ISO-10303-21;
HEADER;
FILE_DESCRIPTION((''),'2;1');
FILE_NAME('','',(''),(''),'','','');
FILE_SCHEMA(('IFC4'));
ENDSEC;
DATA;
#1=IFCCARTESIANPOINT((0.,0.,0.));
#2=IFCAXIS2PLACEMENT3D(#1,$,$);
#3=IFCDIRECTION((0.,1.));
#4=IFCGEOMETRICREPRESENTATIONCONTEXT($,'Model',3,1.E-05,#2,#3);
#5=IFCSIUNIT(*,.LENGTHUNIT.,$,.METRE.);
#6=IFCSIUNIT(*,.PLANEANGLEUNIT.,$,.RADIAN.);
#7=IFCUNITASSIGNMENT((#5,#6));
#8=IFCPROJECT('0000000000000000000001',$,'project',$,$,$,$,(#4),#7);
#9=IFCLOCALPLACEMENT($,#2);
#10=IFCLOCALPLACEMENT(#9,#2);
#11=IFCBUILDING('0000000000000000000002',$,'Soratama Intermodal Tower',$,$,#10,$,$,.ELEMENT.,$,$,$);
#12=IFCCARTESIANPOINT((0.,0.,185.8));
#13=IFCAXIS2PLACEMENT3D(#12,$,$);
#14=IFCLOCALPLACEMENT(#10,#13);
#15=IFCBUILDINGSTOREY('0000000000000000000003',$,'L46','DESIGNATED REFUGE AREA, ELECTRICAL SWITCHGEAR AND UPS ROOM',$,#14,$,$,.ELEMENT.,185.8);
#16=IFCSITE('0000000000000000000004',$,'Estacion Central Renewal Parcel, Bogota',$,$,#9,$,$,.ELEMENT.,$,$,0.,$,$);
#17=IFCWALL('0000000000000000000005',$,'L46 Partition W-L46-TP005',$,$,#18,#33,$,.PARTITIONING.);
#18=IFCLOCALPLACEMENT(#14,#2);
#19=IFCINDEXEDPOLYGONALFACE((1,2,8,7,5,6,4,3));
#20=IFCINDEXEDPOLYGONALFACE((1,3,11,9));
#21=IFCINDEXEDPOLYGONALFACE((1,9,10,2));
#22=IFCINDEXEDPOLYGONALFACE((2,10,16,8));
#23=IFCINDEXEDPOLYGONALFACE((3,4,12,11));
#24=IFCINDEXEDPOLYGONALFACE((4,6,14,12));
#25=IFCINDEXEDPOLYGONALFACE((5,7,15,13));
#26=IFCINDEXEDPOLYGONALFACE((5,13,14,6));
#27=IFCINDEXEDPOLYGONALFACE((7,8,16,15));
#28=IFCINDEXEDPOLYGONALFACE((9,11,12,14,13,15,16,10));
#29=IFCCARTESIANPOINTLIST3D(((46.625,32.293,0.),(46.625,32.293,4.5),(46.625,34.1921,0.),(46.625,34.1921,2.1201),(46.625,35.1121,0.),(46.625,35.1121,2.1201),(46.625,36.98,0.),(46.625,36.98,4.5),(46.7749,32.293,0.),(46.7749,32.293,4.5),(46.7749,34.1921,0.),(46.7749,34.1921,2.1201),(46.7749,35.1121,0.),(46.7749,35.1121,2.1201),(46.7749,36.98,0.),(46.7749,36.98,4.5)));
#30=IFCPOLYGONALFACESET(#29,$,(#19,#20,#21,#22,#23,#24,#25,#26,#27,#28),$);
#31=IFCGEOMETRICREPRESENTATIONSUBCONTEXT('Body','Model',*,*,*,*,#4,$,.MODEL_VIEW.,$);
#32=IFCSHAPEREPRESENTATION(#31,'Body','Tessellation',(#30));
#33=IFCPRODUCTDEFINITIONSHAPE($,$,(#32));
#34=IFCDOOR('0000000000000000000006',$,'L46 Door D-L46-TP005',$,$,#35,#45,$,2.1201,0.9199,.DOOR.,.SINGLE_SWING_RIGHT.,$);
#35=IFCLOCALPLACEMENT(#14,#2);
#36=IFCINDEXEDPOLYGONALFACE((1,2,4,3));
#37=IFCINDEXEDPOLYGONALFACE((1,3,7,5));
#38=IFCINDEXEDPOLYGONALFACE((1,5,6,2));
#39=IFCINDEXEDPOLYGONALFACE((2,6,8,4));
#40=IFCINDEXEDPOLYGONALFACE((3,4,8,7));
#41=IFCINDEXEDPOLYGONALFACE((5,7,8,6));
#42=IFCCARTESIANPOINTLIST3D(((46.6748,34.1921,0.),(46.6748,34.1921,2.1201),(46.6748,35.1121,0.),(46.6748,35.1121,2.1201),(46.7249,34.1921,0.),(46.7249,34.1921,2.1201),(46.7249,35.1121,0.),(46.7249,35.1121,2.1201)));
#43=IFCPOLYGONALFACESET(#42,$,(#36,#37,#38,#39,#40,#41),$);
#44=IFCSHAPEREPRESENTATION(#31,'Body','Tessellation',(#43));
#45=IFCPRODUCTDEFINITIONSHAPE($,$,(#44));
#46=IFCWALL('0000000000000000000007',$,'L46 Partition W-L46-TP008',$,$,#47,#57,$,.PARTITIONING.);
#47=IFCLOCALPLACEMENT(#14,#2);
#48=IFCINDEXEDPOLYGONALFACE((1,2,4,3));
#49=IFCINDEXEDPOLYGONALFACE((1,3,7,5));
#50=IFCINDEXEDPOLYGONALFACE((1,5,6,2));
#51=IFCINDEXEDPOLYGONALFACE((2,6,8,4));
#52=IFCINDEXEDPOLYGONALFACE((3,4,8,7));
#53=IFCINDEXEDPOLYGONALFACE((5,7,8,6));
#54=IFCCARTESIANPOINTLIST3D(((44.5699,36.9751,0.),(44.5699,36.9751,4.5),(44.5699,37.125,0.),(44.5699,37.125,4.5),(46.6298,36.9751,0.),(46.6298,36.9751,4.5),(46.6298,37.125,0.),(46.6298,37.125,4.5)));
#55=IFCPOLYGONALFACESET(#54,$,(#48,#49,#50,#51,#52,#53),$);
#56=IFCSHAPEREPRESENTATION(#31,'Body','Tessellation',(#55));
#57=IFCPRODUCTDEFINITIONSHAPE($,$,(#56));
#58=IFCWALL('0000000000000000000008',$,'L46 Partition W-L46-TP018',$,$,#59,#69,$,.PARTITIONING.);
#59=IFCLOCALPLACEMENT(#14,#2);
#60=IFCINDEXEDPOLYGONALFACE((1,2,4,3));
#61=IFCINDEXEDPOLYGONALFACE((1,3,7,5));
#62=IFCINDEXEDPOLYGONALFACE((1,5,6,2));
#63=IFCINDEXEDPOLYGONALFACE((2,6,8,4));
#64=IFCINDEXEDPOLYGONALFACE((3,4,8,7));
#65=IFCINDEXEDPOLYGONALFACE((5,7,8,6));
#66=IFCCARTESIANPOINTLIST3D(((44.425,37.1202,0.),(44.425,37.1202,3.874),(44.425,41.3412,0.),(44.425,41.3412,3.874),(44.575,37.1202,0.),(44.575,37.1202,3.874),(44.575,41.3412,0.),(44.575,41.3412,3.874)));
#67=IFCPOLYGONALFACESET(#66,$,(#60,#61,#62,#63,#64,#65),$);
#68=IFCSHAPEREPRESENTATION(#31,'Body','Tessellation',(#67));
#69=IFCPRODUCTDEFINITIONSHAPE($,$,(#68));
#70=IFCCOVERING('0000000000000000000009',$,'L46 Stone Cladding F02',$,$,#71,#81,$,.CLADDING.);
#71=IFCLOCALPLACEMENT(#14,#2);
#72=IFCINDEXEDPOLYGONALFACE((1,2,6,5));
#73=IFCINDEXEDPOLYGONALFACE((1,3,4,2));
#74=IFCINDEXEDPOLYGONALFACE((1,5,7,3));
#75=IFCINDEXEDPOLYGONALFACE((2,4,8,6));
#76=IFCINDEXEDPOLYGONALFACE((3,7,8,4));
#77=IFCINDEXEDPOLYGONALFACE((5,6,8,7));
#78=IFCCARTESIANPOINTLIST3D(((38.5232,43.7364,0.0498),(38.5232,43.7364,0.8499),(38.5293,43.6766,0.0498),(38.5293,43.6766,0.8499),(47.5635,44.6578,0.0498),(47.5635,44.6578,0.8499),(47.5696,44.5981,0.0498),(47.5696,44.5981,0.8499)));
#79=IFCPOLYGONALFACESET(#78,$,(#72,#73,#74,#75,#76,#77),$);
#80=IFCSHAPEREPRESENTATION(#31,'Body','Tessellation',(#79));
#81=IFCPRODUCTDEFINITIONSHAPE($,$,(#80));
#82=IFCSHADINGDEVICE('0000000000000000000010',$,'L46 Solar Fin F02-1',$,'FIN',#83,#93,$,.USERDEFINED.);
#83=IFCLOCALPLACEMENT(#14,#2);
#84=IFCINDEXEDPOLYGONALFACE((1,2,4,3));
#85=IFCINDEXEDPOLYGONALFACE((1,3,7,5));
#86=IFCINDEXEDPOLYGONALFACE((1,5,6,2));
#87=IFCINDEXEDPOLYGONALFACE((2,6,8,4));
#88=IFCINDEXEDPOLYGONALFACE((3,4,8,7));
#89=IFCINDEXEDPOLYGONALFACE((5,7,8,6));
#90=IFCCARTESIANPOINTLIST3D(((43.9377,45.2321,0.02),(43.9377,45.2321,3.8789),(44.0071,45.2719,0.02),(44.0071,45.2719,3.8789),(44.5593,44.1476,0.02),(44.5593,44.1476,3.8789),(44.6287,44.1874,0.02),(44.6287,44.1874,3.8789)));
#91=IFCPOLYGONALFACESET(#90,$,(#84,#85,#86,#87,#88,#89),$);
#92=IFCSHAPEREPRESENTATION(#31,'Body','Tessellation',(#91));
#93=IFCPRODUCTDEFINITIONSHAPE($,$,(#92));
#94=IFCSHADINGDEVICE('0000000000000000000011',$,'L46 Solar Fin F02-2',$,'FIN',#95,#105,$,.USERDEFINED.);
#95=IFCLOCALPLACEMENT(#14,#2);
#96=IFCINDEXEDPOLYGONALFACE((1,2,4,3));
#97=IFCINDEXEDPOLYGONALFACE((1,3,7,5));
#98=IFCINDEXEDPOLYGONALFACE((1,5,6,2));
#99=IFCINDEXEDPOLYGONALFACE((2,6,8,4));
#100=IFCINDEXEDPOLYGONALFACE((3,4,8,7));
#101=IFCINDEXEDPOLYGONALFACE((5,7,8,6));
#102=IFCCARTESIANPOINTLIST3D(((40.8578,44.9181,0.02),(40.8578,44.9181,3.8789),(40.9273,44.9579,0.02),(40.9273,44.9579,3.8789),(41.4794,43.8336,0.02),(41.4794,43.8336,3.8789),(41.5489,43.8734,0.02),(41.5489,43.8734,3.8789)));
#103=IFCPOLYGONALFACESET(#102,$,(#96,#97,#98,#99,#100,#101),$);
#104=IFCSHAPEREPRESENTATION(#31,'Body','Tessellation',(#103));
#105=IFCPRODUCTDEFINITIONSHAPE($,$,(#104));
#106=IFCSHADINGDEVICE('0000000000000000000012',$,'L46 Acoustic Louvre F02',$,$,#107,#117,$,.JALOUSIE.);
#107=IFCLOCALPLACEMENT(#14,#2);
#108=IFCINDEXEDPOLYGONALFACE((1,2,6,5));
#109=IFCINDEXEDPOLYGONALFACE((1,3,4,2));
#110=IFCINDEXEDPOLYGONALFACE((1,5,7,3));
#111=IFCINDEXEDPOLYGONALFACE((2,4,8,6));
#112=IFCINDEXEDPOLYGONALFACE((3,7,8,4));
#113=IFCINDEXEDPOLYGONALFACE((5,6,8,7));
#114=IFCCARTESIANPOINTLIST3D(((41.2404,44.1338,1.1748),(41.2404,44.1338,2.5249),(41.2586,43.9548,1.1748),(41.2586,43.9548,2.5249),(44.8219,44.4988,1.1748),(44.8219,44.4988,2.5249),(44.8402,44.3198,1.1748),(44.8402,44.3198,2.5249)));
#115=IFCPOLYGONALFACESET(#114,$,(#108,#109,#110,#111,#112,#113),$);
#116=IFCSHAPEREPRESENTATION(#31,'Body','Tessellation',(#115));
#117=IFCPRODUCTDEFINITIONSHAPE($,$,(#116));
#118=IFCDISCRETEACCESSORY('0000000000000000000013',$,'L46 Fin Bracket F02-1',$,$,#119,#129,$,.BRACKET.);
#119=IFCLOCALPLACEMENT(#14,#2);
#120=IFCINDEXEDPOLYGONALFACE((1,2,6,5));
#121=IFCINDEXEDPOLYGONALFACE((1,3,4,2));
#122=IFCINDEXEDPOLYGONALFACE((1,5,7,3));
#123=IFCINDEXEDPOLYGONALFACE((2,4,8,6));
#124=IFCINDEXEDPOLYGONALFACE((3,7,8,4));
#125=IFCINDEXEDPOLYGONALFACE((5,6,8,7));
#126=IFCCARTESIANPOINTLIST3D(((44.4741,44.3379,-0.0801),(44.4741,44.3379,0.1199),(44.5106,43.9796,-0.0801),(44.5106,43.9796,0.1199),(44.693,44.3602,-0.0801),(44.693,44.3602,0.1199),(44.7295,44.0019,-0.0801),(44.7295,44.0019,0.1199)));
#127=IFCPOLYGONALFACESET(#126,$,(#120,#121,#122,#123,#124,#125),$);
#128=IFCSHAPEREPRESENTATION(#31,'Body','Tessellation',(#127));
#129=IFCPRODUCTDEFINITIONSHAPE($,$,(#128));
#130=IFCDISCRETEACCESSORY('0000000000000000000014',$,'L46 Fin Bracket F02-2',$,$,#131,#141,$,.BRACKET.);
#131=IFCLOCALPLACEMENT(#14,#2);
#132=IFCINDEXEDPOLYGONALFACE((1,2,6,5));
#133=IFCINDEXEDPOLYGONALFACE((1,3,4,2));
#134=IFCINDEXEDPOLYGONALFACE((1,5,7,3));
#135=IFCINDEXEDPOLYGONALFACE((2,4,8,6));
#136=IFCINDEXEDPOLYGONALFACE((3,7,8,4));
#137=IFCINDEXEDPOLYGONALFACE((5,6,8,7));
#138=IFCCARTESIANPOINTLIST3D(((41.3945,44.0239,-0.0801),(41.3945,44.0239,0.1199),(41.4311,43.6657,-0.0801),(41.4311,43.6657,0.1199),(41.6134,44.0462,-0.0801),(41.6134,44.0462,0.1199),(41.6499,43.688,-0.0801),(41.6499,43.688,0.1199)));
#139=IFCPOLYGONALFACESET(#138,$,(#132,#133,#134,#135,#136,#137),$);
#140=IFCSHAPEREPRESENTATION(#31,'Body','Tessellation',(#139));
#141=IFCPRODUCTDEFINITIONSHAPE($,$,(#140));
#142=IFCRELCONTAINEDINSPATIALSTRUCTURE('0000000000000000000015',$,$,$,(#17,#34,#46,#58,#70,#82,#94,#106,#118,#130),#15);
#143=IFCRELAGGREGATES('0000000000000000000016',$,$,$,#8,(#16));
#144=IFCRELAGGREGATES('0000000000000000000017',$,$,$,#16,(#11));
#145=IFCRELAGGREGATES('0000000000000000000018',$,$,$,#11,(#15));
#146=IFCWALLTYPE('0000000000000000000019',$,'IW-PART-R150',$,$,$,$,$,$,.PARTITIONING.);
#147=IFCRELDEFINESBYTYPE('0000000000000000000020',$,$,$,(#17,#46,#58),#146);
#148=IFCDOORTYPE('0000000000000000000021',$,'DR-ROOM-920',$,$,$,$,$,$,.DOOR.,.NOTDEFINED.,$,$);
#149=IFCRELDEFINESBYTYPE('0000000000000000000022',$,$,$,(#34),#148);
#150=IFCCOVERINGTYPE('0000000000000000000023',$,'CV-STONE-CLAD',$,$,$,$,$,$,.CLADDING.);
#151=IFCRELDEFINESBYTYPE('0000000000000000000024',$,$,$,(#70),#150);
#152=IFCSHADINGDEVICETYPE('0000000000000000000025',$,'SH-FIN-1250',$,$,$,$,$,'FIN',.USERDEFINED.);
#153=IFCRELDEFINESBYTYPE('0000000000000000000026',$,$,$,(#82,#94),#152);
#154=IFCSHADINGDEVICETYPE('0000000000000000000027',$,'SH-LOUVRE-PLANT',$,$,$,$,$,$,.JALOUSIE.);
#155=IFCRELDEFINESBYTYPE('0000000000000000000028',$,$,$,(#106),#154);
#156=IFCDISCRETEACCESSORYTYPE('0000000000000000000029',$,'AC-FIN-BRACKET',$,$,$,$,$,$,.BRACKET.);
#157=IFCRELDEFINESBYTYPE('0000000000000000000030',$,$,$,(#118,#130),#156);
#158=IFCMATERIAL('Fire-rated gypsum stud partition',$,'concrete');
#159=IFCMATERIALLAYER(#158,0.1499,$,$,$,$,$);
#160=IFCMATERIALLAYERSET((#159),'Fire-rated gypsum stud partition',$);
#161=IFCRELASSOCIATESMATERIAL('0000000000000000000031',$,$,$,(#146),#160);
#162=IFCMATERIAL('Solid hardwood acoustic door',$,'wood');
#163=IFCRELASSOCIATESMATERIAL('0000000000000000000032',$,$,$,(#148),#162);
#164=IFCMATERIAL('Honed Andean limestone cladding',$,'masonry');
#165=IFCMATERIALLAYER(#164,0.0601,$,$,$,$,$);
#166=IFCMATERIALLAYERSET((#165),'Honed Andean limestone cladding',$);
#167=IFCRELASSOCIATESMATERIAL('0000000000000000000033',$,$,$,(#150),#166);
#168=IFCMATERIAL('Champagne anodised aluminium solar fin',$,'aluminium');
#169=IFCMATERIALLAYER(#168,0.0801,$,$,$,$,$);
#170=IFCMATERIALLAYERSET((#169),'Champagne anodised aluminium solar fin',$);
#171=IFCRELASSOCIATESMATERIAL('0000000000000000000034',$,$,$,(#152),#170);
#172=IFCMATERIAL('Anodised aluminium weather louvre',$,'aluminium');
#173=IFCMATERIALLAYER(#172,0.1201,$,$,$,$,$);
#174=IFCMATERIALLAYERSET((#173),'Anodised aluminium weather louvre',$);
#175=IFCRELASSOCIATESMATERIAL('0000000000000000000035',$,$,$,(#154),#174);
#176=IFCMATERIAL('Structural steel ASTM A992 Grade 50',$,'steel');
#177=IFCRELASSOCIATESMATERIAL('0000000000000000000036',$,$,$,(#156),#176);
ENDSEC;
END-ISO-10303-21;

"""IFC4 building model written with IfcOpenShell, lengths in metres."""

from ifc_helpers import new_model, si_unit, direction, frame, frame_2d, origin, origin_2d, place, context, subcontext, project, spatial, rectangle, extrude, material, layer, layer_set, type_object, element, fill, save


model = new_model("IFC4")

# Units and contexts
model_context = context("Model", 3, precision=1e-05, world=origin(), true_north=direction((0.0, 1.0)))
body_context = subcontext(model_context, "Body", "Model", "MODEL_VIEW")
ifc_project = project(units=[si_unit("LENGTHUNIT", "METRE"), si_unit("PLANEANGLEUNIT", "RADIAN")], contexts=[model_context])

# Site, building, storey
site_placement = place(None, origin())
site = spatial("IfcSite", under=ifc_project, at=site_placement, Name="Estacion Central Renewal Parcel, Bogota", CompositionType="ELEMENT", RefElevation=0.0)
building_placement = place(site_placement, origin())
building = spatial("IfcBuilding", under=site, at=building_placement, Name="Soratama Intermodal Tower", CompositionType="ELEMENT")
storey_placement = place(building_placement, frame((0.0, 0.0, 185.8)))
storey = spatial("IfcBuildingStorey", under=building, at=storey_placement, Name="L46", Description="DESIGNATED REFUGE AREA, ELECTRICAL SWITCHGEAR AND UPS ROOM", CompositionType="ELEMENT", Elevation=185.8)

# Wall, opening, door
ifc_material_1 = material(Name="Fire-rated gypsum stud partition", Category="concrete")
ifc_layer_1 = layer(ifc_material_1, 0.1499)
ifc_layer_set_1 = layer_set([ifc_layer_1], Name="Fire-rated gypsum stud partition")
wall_type = type_object("IfcWallType", Name="IW-PART-R150", PredefinedType="PARTITIONING", material=ifc_layer_set_1)
wall_1_placement = place(storey_placement, frame((46.7, 36.98, 0.0), z_axis=(0.0, 0.0, 1.0), x_axis=(0.0, -1.0, 0.0)))
wall_1 = element("IfcWall", 1, at=wall_1_placement, inside=storey, type_object=wall_type, Name="L46 Partition W-L46-TP005", PredefinedType="PARTITIONING", context=body_context, shape_type="SweptSolid", body=[
    extrude(rectangle(XDim=4.687, YDim=0.1499, at=frame_2d((2.3435, 0.0))), origin(), (0.0, 0.0, 1.0), 4.5),
])
opening_placement = place(wall_1_placement, frame((1.8679, 0.0, 0.0)))
opening = element("IfcOpeningElement", 2, at=opening_placement, cuts=wall_1, PredefinedType="OPENING", context=body_context, shape_type="SweptSolid", body=[
    extrude(rectangle(XDim=0.9199, YDim=2.1201, at=frame_2d((0.46, 1.0601))), frame((0.0, 0.085, 0.0), z_axis=(0.0, -1.0, 0.0), x_axis=(1.0, 0.0, 0.0)), (0.0, 0.0, 1.0), 0.1699),
])
ifc_material_2 = material(Name="Solid hardwood acoustic door", Category="wood")
door_type = type_object("IfcDoorType", Name="DR-ROOM-920", OperationType="NOTDEFINED", PredefinedType="DOOR", material=ifc_material_2)
door_placement = place(opening_placement, origin())
door = element("IfcDoor", 3, at=door_placement, inside=storey, type_object=door_type, Name="L46 Door D-L46-TP005", OperationType="SINGLE_SWING_RIGHT", OverallHeight=2.1201, OverallWidth=0.9199, PredefinedType="DOOR", context=body_context, shape_type="SweptSolid", body=[
    extrude(rectangle(XDim=0.9199, YDim=2.1201, at=frame_2d((0.46, 1.0601))), frame((0.0, 0.0249, 0.0), z_axis=(0.0, -1.0, 0.0), x_axis=(1.0, 0.0, 0.0)), (0.0, 0.0, 1.0), 0.05),
])
fill(opening, door)

# Walls
wall_2_placement = place(storey_placement, frame((44.5701, 37.05, 0.0), z_axis=(0.0, 0.0, 1.0), x_axis=(1.0, 0.0, 0.0)))
element("IfcWall", 4, at=wall_2_placement, inside=storey, type_object=wall_type, Name="L46 Partition W-L46-TP008", PredefinedType="PARTITIONING", context=body_context, shape_type="SweptSolid", body=[
    extrude(rectangle(XDim=2.0598, YDim=0.1499, at=frame_2d((1.0298, 0.0))), origin(), (0.0, 0.0, 1.0), 4.5),
])
wall_3_placement = place(storey_placement, frame((44.5, 41.3411, 0.0), z_axis=(0.0, 0.0, 1.0), x_axis=(0.0, -1.0, 0.0)))
element("IfcWall", 5, at=wall_3_placement, inside=storey, type_object=wall_type, Name="L46 Partition W-L46-TP018", PredefinedType="PARTITIONING", context=body_context, shape_type="SweptSolid", body=[
    extrude(rectangle(XDim=4.2209, YDim=0.1499, at=frame_2d((2.1104, 0.0))), origin(), (0.0, 0.0, 1.0), 3.874),
])

# Covering
ifc_material_3 = material(Name="Honed Andean limestone cladding", Category="masonry")
ifc_layer_2 = layer(ifc_material_3, 0.0601)
ifc_layer_set_2 = layer_set([ifc_layer_2], Name="Honed Andean limestone cladding")
covering_type = type_object("IfcCoveringType", Name="CV-STONE-CLAD", PredefinedType="CLADDING", material=ifc_layer_set_2)
covering_placement = place(storey_placement, frame((43.0464, 44.1672, 0.0498), z_axis=(0.0, 0.0, 1.0), x_axis=(-0.994845, -0.101404, 0.0)))
element("IfcCovering", 6, at=covering_placement, inside=storey, type_object=covering_type, Name="L46 Stone Cladding F02", PredefinedType="CLADDING", context=body_context, shape_type="SweptSolid", body=[
    extrude(rectangle(XDim=9.0872, YDim=0.0601, at=origin_2d()), origin(), (0.0, 0.0, 1.0), 0.8),
])

# Shading devices
ifc_material_4 = material(Name="Champagne anodised aluminium solar fin", Category="aluminium")
ifc_layer_3 = layer(ifc_material_4, 0.0801)
ifc_layer_set_3 = layer_set([ifc_layer_3], Name="Champagne anodised aluminium solar fin")
shading_device_type_1 = type_object("IfcShadingDeviceType", Name="SH-FIN-1250", ElementType="FIN", PredefinedType="USERDEFINED", material=ifc_layer_set_3)
for number, where, z_axis, x_axis, name in (
    (7, (44.2832, 44.7097, 0.02), (0.0, 0.0, 1.0), (-0.497277, 0.867592, 0.0), "L46 Solar Fin F02-1"),
    (8, (41.2034, 44.3958, 0.02), (0.0, 0.0, 1.0), (-0.497277, 0.867592, 0.0), "L46 Solar Fin F02-2"),
):
    element("IfcShadingDevice", number, at=place(storey_placement, frame(where, z_axis=z_axis, x_axis=x_axis)), inside=storey, type_object=shading_device_type_1, Name=name, ObjectType="FIN", PredefinedType="USERDEFINED", context=body_context, shape_type="SweptSolid", body=[
        extrude(rectangle(XDim=1.25, YDim=0.0801, at=origin_2d()), origin(), (0.0, 0.0, 1.0), 3.8589),
    ])
ifc_material_5 = material(Name="Anodised aluminium weather louvre", Category="aluminium")
ifc_layer_4 = layer(ifc_material_5, 0.1201)
ifc_layer_set_4 = layer_set([ifc_layer_4], Name="Anodised aluminium weather louvre")
shading_device_type_2 = type_object("IfcShadingDeviceType", Name="SH-LOUVRE-PLANT", PredefinedType="JALOUSIE", material=ifc_layer_set_4)
shading_device_placement = place(storey_placement, frame((43.0403, 44.2268, 1.1748), z_axis=(0.0, 0.0, 1.0), x_axis=(-0.994845, -0.101404, 0.0)))
element("IfcShadingDevice", 9, at=shading_device_placement, inside=storey, type_object=shading_device_type_2, Name="L46 Acoustic Louvre F02", PredefinedType="JALOUSIE", context=body_context, shape_type="SweptSolid", body=[
    extrude(rectangle(XDim=3.6001, YDim=0.1799, at=origin_2d()), origin(), (0.0, 0.0, 1.0), 1.3501),
])

# Discrete accessories
ifc_material_6 = material(Name="Structural steel ASTM A992 Grade 50", Category="steel")
discrete_accessory_type = type_object("IfcDiscreteAccessoryType", Name="AC-FIN-BRACKET", PredefinedType="BRACKET", material=ifc_material_6)
for number, where, z_axis, x_axis, name in (
    (10, (44.6018, 44.1699, -0.0801), (0.0, 0.0, 1.0), (-0.101404, 0.994845, 0.0), "L46 Fin Bracket F02-1"),
    (11, (41.5222, 43.856, -0.0801), (0.0, 0.0, 1.0), (-0.101404, 0.994845, 0.0), "L46 Fin Bracket F02-2"),
):
    element("IfcDiscreteAccessory", number, at=place(storey_placement, frame(where, z_axis=z_axis, x_axis=x_axis)), inside=storey, type_object=discrete_accessory_type, Name=name, PredefinedType="BRACKET", context=body_context, shape_type="SweptSolid", body=[
        extrude(rectangle(XDim=0.3601, YDim=0.22, at=origin_2d()), origin(), (0.0, 0.0, 1.0), 0.2),
    ])

save(model, "model.ifc")
